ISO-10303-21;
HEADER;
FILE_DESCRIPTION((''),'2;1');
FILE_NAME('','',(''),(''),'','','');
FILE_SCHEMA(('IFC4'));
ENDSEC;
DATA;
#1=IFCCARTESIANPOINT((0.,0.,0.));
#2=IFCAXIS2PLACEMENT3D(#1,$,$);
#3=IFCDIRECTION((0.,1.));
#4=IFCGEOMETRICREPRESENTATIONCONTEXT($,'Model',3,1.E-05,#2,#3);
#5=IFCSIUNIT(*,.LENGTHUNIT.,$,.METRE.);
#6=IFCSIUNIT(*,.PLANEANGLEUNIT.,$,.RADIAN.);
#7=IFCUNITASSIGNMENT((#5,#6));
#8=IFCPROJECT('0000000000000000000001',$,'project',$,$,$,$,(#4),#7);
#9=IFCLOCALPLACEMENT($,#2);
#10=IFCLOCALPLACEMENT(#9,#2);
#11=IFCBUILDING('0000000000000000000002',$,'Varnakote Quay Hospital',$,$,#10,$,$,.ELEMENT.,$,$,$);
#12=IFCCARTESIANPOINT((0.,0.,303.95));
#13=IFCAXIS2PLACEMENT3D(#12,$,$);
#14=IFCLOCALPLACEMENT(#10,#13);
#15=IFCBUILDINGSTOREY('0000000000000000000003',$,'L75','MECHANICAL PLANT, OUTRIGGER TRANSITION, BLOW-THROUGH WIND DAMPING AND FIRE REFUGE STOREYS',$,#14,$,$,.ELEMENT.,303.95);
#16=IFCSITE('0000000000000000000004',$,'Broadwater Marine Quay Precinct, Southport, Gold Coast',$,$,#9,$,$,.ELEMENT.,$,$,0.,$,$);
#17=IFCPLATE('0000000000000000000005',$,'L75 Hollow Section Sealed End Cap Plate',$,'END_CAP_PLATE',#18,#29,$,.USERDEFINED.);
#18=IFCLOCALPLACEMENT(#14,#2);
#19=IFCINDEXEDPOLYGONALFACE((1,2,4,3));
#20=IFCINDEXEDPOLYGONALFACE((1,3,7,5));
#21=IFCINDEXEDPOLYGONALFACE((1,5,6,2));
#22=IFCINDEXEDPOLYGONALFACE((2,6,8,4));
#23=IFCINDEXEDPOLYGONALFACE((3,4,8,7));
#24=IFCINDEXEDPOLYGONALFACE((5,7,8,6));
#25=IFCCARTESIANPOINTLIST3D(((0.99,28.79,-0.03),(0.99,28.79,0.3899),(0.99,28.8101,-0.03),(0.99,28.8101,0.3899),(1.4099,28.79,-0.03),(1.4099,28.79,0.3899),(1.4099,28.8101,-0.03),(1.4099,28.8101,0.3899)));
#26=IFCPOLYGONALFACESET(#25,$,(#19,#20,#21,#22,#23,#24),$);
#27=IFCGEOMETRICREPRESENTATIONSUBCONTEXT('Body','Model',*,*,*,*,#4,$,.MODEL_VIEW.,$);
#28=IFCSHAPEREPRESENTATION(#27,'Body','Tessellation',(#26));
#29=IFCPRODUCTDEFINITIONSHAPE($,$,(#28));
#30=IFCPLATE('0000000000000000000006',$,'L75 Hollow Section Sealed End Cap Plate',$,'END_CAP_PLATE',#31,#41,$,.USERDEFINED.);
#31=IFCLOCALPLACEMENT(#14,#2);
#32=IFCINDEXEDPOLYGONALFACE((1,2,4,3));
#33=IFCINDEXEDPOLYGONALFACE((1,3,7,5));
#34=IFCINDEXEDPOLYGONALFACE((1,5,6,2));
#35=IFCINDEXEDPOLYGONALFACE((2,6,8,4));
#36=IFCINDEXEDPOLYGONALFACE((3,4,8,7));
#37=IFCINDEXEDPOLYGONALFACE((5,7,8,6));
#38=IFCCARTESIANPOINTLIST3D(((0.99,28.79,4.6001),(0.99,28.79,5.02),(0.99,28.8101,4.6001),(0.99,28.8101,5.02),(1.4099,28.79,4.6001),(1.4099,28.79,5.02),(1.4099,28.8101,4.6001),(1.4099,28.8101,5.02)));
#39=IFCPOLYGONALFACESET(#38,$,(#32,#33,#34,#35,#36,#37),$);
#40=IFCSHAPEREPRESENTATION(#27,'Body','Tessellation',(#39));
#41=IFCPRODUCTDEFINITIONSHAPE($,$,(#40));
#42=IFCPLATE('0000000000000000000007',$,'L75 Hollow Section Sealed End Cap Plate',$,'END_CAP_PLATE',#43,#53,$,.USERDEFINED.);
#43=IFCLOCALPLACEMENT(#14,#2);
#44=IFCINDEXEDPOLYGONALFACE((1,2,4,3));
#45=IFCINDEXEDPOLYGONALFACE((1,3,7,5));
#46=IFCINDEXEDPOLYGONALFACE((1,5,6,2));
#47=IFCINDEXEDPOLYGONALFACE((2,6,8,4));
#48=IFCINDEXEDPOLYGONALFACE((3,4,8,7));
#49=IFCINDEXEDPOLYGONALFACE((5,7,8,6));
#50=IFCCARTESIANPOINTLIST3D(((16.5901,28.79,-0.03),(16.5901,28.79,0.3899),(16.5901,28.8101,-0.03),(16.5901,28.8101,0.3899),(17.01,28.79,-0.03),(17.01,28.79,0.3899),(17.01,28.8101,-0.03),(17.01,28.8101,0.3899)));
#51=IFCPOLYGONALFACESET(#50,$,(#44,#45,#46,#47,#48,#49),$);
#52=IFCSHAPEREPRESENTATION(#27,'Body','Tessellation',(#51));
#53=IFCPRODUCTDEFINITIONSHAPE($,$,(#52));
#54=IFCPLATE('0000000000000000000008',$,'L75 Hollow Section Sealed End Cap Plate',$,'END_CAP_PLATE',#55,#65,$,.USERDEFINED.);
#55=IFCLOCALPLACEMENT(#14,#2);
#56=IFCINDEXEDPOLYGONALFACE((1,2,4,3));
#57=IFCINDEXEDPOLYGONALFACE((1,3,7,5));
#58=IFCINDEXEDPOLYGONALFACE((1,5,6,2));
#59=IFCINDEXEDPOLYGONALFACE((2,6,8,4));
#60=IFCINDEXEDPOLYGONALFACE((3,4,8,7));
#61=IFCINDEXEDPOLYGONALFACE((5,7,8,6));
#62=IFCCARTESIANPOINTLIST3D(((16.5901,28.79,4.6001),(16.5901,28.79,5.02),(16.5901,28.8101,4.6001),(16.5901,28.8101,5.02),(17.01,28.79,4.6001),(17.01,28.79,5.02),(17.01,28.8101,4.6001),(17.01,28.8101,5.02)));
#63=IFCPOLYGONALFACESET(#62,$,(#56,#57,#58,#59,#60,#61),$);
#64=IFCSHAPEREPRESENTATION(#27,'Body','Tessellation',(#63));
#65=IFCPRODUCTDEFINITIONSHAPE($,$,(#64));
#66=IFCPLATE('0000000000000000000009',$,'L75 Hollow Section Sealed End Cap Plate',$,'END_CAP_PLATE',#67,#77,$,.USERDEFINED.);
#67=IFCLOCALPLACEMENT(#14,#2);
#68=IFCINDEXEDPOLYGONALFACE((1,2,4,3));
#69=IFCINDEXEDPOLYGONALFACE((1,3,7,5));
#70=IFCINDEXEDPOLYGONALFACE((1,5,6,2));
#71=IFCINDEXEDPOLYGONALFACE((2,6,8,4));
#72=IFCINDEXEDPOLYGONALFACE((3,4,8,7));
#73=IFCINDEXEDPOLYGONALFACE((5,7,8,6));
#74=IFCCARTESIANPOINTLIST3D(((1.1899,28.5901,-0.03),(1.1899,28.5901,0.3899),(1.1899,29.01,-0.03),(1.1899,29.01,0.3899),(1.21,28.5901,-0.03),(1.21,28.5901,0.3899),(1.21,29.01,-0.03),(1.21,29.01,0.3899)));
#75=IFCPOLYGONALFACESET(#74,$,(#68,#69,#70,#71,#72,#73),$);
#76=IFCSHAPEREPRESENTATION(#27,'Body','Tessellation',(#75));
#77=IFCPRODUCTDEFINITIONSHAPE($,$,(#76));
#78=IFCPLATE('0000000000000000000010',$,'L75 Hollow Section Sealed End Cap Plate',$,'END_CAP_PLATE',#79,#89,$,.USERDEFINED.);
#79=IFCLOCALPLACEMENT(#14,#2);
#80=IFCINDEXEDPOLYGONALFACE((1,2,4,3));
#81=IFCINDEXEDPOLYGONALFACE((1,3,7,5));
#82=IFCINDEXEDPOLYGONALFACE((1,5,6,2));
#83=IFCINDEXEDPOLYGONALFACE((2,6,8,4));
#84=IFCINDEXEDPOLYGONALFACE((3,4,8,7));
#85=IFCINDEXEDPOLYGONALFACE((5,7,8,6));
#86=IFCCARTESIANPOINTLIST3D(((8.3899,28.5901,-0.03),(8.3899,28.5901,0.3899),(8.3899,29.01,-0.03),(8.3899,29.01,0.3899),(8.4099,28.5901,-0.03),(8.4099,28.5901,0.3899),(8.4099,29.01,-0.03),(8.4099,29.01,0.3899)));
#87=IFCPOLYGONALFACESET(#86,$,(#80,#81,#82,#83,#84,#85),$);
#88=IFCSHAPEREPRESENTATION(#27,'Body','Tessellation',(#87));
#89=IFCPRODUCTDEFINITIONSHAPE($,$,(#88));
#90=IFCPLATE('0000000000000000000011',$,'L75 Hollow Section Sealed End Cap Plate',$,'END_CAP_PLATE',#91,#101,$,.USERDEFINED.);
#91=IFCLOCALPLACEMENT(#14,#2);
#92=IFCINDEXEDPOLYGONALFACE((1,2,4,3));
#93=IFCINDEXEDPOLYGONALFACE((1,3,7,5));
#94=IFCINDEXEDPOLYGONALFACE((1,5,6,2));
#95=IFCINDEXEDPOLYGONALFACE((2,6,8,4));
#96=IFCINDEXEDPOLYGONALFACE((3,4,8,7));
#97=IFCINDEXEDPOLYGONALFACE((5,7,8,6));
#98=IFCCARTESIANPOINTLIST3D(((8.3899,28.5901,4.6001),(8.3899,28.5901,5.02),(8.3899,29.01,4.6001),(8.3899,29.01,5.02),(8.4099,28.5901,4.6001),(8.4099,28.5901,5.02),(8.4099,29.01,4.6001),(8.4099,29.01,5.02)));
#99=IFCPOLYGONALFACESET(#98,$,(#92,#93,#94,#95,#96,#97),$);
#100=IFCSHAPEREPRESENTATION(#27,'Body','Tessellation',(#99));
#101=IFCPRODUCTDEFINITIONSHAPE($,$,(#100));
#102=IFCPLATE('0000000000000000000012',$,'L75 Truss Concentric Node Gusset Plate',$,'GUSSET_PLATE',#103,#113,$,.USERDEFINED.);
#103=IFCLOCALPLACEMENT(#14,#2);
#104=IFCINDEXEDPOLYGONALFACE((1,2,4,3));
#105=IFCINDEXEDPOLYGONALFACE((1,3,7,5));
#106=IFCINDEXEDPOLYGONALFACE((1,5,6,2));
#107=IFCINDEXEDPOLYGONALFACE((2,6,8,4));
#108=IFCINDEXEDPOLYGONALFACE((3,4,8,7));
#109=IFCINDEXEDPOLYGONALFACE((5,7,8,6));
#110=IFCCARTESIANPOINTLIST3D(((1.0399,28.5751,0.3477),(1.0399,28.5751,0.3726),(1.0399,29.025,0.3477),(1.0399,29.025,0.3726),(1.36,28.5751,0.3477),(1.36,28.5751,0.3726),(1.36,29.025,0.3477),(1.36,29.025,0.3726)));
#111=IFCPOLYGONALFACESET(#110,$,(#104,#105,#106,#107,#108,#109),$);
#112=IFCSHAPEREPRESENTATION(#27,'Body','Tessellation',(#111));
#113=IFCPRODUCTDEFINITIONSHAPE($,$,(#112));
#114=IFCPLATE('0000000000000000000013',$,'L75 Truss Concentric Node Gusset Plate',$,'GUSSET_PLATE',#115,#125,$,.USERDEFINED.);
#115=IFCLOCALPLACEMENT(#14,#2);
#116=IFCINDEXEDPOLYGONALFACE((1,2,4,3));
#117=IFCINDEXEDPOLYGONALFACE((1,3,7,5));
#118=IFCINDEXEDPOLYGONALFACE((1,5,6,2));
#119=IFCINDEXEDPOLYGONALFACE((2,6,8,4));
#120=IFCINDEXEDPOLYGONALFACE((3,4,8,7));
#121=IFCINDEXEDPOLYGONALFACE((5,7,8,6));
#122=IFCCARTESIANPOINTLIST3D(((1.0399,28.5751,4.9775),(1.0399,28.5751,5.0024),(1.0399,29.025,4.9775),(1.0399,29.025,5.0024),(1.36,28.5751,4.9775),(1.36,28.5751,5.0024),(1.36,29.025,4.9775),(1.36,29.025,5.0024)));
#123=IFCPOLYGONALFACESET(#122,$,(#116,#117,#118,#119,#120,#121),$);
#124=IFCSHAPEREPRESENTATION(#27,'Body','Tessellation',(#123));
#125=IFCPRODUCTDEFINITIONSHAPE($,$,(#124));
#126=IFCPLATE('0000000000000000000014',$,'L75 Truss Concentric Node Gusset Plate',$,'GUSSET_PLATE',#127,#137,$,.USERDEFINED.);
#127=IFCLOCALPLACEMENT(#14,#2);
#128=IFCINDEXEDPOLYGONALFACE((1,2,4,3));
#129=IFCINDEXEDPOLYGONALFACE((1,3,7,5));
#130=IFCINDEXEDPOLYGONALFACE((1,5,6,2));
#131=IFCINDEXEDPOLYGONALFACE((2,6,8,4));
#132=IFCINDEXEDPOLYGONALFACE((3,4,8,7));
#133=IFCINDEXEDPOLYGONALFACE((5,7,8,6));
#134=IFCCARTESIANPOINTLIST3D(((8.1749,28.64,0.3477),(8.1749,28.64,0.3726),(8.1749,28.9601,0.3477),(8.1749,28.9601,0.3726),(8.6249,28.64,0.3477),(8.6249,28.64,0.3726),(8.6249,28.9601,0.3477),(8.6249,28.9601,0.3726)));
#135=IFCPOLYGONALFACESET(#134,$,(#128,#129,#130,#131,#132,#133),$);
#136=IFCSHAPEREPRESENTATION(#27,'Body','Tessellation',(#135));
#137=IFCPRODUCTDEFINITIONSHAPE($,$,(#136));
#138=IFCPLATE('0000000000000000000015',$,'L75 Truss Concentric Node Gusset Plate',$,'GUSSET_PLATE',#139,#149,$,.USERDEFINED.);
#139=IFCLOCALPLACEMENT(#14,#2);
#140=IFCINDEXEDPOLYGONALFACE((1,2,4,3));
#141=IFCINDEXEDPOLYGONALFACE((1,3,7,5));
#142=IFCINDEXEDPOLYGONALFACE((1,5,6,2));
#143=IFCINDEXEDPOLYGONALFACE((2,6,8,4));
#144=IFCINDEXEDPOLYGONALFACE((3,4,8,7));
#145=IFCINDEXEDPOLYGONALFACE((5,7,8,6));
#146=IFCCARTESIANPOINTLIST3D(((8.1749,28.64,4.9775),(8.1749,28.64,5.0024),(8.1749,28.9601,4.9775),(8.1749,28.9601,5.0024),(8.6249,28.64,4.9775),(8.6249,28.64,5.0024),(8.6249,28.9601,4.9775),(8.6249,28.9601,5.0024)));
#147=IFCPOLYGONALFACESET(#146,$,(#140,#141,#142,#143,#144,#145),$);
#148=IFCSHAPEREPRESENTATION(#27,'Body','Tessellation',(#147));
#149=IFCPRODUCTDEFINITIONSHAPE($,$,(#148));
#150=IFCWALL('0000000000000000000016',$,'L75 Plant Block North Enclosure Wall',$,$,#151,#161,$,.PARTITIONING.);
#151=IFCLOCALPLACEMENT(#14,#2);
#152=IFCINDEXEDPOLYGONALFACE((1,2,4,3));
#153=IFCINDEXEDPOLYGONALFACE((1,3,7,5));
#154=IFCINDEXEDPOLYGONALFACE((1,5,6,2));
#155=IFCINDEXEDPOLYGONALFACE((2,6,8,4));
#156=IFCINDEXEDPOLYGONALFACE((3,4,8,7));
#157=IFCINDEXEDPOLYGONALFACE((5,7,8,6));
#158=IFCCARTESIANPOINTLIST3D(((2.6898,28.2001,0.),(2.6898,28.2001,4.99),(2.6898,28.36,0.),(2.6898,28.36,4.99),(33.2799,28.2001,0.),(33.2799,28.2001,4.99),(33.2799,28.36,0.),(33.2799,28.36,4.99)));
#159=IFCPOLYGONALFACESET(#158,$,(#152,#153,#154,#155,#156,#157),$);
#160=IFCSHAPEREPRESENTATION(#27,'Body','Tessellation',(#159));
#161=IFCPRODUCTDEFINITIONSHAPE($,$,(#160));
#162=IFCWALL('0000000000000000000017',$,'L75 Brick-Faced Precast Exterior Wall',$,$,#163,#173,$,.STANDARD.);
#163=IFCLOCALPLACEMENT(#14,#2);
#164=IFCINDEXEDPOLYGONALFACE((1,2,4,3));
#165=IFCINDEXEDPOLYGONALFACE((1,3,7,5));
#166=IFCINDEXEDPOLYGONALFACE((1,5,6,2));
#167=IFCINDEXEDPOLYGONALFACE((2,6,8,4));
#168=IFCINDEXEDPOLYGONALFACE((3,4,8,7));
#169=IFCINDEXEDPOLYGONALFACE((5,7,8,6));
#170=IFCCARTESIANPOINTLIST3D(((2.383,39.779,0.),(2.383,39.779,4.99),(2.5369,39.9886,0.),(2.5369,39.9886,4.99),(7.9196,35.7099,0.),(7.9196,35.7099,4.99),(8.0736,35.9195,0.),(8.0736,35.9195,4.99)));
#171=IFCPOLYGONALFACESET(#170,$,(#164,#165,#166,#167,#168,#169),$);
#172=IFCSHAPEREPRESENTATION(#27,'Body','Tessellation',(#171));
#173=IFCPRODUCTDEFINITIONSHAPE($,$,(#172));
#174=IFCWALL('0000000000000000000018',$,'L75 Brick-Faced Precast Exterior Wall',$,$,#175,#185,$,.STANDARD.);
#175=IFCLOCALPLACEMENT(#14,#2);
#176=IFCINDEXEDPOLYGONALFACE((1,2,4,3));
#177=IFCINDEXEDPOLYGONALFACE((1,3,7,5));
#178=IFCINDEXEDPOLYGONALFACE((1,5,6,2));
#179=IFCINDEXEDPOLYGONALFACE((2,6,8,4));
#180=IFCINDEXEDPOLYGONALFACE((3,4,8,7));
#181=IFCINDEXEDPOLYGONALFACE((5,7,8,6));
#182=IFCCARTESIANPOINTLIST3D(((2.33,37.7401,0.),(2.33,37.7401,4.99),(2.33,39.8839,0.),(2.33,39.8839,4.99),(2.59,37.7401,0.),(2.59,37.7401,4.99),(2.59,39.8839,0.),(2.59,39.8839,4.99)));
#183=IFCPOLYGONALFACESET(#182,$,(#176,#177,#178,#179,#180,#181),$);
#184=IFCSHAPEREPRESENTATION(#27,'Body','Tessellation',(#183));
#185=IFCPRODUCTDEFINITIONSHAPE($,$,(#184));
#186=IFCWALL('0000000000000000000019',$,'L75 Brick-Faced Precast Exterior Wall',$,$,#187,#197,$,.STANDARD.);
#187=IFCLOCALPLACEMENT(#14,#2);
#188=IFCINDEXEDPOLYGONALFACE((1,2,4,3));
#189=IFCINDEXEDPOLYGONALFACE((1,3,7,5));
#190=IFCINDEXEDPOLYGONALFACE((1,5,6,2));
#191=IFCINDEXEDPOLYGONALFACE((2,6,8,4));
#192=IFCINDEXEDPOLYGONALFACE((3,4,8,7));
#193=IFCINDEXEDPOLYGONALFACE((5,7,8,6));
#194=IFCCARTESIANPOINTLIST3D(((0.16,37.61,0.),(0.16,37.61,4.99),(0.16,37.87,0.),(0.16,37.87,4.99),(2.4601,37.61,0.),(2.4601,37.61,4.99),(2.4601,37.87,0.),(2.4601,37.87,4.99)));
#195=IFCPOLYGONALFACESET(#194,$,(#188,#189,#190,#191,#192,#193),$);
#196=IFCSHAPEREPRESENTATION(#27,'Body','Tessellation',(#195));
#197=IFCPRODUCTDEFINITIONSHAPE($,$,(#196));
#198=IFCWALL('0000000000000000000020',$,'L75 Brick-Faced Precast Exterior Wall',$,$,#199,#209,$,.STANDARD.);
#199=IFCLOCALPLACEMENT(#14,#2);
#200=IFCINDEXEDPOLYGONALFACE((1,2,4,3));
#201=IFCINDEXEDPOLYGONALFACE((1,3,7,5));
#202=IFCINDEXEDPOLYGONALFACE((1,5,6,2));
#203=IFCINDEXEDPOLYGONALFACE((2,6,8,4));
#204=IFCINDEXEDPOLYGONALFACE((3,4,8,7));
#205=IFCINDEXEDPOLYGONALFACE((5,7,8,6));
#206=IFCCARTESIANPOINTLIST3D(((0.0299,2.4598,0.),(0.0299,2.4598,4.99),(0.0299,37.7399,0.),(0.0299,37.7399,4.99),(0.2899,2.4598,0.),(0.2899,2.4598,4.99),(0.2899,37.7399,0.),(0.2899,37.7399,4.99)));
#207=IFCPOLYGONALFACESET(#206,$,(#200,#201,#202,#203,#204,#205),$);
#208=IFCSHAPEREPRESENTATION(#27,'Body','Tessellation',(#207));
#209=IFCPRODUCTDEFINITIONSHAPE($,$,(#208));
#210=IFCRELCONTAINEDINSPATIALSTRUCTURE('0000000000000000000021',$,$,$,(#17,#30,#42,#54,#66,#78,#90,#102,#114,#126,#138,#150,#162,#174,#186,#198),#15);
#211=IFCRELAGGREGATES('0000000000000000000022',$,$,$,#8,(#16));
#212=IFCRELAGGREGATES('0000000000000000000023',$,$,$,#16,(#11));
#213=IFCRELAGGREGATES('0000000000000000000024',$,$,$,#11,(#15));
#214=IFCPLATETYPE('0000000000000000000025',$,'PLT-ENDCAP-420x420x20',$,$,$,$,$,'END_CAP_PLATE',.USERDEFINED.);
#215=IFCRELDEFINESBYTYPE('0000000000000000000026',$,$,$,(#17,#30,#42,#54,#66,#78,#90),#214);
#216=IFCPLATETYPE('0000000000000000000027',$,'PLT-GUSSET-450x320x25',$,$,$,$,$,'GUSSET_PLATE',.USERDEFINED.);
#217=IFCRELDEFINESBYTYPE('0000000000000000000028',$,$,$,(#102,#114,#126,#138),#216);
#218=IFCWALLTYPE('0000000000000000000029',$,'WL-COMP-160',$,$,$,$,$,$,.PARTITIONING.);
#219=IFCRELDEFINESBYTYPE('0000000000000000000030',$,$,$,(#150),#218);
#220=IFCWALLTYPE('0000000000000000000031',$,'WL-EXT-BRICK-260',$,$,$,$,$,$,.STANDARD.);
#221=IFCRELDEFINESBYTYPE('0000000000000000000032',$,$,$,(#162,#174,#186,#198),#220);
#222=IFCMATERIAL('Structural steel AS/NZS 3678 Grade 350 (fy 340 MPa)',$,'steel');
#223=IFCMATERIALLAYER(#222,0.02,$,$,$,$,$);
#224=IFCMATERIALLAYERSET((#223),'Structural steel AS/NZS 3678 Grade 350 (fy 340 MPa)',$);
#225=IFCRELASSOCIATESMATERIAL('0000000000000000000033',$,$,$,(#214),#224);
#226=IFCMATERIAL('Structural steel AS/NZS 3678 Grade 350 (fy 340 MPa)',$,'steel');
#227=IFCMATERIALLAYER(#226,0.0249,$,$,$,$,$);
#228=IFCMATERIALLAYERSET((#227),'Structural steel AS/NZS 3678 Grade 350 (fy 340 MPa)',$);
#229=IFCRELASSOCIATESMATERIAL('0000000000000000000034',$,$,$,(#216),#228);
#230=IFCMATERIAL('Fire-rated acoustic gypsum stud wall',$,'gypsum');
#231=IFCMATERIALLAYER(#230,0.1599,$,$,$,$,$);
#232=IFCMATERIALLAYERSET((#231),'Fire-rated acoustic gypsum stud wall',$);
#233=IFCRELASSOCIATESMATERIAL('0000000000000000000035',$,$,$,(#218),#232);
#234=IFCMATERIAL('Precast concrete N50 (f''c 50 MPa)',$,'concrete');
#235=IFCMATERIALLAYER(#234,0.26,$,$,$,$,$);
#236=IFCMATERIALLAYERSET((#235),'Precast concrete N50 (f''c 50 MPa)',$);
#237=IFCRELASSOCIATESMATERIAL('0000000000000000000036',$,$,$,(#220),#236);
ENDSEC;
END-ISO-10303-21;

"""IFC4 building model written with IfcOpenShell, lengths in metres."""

from ifc_helpers import new_model, si_unit, direction, frame, frame_2d, origin, origin_2d, place, context, subcontext, project, spatial, rectangle, extrude, material, layer, layer_set, type_object, element, save


model = new_model("IFC4")

# Units and contexts
model_context = context("Model", 3, precision=1e-05, world=origin(), true_north=direction((0.0, 1.0)))
body_context = subcontext(model_context, "Body", "Model", "MODEL_VIEW")
ifc_project = project(units=[si_unit("LENGTHUNIT", "METRE"), si_unit("PLANEANGLEUNIT", "RADIAN")], contexts=[model_context])

# Site, building, storey
site_placement = place(None, origin())
site = spatial("IfcSite", under=ifc_project, at=site_placement, Name="Broadwater Marine Quay Precinct, Southport, Gold Coast", CompositionType="ELEMENT", RefElevation=0.0)
building_placement = place(site_placement, origin())
building = spatial("IfcBuilding", under=site, at=building_placement, Name="Varnakote Quay Hospital", CompositionType="ELEMENT")
storey_placement = place(building_placement, frame((0.0, 0.0, 303.95)))
storey = spatial("IfcBuildingStorey", under=building, at=storey_placement, Name="L75", Description="MECHANICAL PLANT, OUTRIGGER TRANSITION, BLOW-THROUGH WIND DAMPING AND FIRE REFUGE STOREYS", CompositionType="ELEMENT", Elevation=303.95)

# Plates
ifc_material_1 = material(Name="Structural steel AS/NZS 3678 Grade 350 (fy 340 MPa)", Category="steel")
ifc_layer_1 = layer(ifc_material_1, 0.02)
ifc_layer_set_1 = layer_set([ifc_layer_1], Name="Structural steel AS/NZS 3678 Grade 350 (fy 340 MPa)")
plate_type_1 = type_object("IfcPlateType", Name="PLT-ENDCAP-420x420x20", ElementType="END_CAP_PLATE", PredefinedType="USERDEFINED", material=ifc_layer_set_1)
for number, where, z_axis, x_axis, name in (
    (1, (1.2, 28.8, -0.03), (0.0, 0.0, 1.0), (0.0, 1.0, 0.0), "L75 Hollow Section Sealed End Cap Plate"),
    (2, (1.2, 28.8, 4.6001), (0.0, 0.0, 1.0), (0.0, 1.0, 0.0), "L75 Hollow Section Sealed End Cap Plate"),
    (3, (16.8, 28.8, -0.03), (0.0, 0.0, 1.0), (0.0, 1.0, 0.0), "L75 Hollow Section Sealed End Cap Plate"),
    (4, (16.8, 28.8, 4.6001), (0.0, 0.0, 1.0), (0.0, 1.0, 0.0), "L75 Hollow Section Sealed End Cap Plate"),
    (5, (1.2, 28.8, -0.03), (0.0, 0.0, 1.0), (1.0, 0.0, 0.0), "L75 Hollow Section Sealed End Cap Plate"),
    (6, (8.3999, 28.8, -0.03), (0.0, 0.0, 1.0), (1.0, 0.0, 0.0), "L75 Hollow Section Sealed End Cap Plate"),
    (7, (8.3999, 28.8, 4.6001), (0.0, 0.0, 1.0), (1.0, 0.0, 0.0), "L75 Hollow Section Sealed End Cap Plate"),
):
    element("IfcPlate", number, at=place(storey_placement, frame(where, z_axis=z_axis, x_axis=x_axis)), inside=storey, type_object=plate_type_1, Name=name, ObjectType="END_CAP_PLATE", PredefinedType="USERDEFINED", context=body_context, shape_type="SweptSolid", body=[
        extrude(rectangle(XDim=0.02, YDim=0.4199, at=origin_2d()), origin(), (0.0, 0.0, 1.0), 0.4199),
    ])
ifc_material_2 = material(Name="Structural steel AS/NZS 3678 Grade 350 (fy 340 MPa)", Category="steel")
ifc_layer_2 = layer(ifc_material_2, 0.0249)
ifc_layer_set_2 = layer_set([ifc_layer_2], Name="Structural steel AS/NZS 3678 Grade 350 (fy 340 MPa)")
plate_type_2 = type_object("IfcPlateType", Name="PLT-GUSSET-450x320x25", ElementType="GUSSET_PLATE", PredefinedType="USERDEFINED", material=ifc_layer_set_2)
for number, where, z_axis, x_axis, name in (
    (8, (1.2, 28.8, 0.3477), (0.0, 0.0, 1.0), (0.0, 1.0, 0.0), "L75 Truss Concentric Node Gusset Plate"),
    (9, (1.2, 28.8, 4.9775), (0.0, 0.0, 1.0), (0.0, 1.0, 0.0), "L75 Truss Concentric Node Gusset Plate"),
    (10, (8.3999, 28.8, 0.3477), (0.0, 0.0, 1.0), (1.0, 0.0, 0.0), "L75 Truss Concentric Node Gusset Plate"),
    (11, (8.3999, 28.8, 4.9775), (0.0, 0.0, 1.0), (1.0, 0.0, 0.0), "L75 Truss Concentric Node Gusset Plate"),
):
    element("IfcPlate", number, at=place(storey_placement, frame(where, z_axis=z_axis, x_axis=x_axis)), inside=storey, type_object=plate_type_2, Name=name, ObjectType="GUSSET_PLATE", PredefinedType="USERDEFINED", context=body_context, shape_type="SweptSolid", body=[
        extrude(rectangle(XDim=0.45, YDim=0.3201, at=origin_2d()), origin(), (0.0, 0.0, 1.0), 0.0249),
    ])

# Walls
ifc_material_3 = material(Name="Fire-rated acoustic gypsum stud wall", Category="gypsum")
ifc_layer_3 = layer(ifc_material_3, 0.1599)
ifc_layer_set_3 = layer_set([ifc_layer_3], Name="Fire-rated acoustic gypsum stud wall")
wall_type_1 = type_object("IfcWallType", Name="WL-COMP-160", PredefinedType="PARTITIONING", material=ifc_layer_set_3)
wall_1_placement = place(storey_placement, frame((2.6899, 28.28, 0.0), z_axis=(0.0, 0.0, 1.0), x_axis=(1.0, 0.0, 0.0)))
element("IfcWall", 12, at=wall_1_placement, inside=storey, type_object=wall_type_1, Name="L75 Plant Block North Enclosure Wall", PredefinedType="PARTITIONING", context=body_context, shape_type="SweptSolid", body=[
    extrude(rectangle(XDim=30.5901, YDim=0.1599, at=frame_2d((15.2949, 0.0))), origin(), (0.0, 0.0, 1.0), 4.99),
])
ifc_material_4 = material(Name="Precast concrete N50 (f'c 50 MPa)", Category="concrete")
ifc_layer_4 = layer(ifc_material_4, 0.26)
ifc_layer_set_4 = layer_set([ifc_layer_4], Name="Precast concrete N50 (f'c 50 MPa)")
wall_type_2 = type_object("IfcWallType", Name="WL-EXT-BRICK-260", PredefinedType="STANDARD", material=ifc_layer_set_4)
wall_2_placement = place(storey_placement, frame((7.9966, 35.8147, 0.0), z_axis=(0.0, 0.0, 1.0), x_axis=(-0.805787, 0.592206, 0.0)))
element("IfcWall", 13, at=wall_2_placement, inside=storey, type_object=wall_type_2, Name="L75 Brick-Faced Precast Exterior Wall", PredefinedType="STANDARD", context=body_context, shape_type="SweptSolid", body=[
    extrude(rectangle(XDim=6.8711, YDim=0.26, at=frame_2d((3.4355, 0.0))), origin(), (0.0, 0.0, 1.0), 4.99),
])
wall_3_placement = place(storey_placement, frame((2.46, 39.8838, 0.0), z_axis=(0.0, 0.0, 1.0), x_axis=(0.0, -1.0, 0.0)))
element("IfcWall", 14, at=wall_3_placement, inside=storey, type_object=wall_type_2, Name="L75 Brick-Faced Precast Exterior Wall", PredefinedType="STANDARD", context=body_context, shape_type="SweptSolid", body=[
    extrude(rectangle(XDim=2.1438, YDim=0.26, at=frame_2d((1.0718, 0.0))), origin(), (0.0, 0.0, 1.0), 4.99),
])
wall_4_placement = place(storey_placement, frame((2.46, 37.74, 0.0), z_axis=(0.0, 0.0, 1.0), x_axis=(-1.0, 0.0, 0.0)))
element("IfcWall", 15, at=wall_4_placement, inside=storey, type_object=wall_type_2, Name="L75 Brick-Faced Precast Exterior Wall", PredefinedType="STANDARD", context=body_context, shape_type="SweptSolid", body=[
    extrude(rectangle(XDim=2.3, YDim=0.26, at=frame_2d((1.1499, 0.0))), origin(), (0.0, 0.0, 1.0), 4.99),
])
wall_5_placement = place(storey_placement, frame((0.1599, 37.74, 0.0), z_axis=(0.0, 0.0, 1.0), x_axis=(0.0, -1.0, 0.0)))
element("IfcWall", 16, at=wall_5_placement, inside=storey, type_object=wall_type_2, Name="L75 Brick-Faced Precast Exterior Wall", PredefinedType="STANDARD", context=body_context, shape_type="SweptSolid", body=[
    extrude(rectangle(XDim=35.28, YDim=0.26, at=frame_2d((17.6401, 0.0))), origin(), (0.0, 0.0, 1.0), 4.99),
])

save(model, "model.ifc")
